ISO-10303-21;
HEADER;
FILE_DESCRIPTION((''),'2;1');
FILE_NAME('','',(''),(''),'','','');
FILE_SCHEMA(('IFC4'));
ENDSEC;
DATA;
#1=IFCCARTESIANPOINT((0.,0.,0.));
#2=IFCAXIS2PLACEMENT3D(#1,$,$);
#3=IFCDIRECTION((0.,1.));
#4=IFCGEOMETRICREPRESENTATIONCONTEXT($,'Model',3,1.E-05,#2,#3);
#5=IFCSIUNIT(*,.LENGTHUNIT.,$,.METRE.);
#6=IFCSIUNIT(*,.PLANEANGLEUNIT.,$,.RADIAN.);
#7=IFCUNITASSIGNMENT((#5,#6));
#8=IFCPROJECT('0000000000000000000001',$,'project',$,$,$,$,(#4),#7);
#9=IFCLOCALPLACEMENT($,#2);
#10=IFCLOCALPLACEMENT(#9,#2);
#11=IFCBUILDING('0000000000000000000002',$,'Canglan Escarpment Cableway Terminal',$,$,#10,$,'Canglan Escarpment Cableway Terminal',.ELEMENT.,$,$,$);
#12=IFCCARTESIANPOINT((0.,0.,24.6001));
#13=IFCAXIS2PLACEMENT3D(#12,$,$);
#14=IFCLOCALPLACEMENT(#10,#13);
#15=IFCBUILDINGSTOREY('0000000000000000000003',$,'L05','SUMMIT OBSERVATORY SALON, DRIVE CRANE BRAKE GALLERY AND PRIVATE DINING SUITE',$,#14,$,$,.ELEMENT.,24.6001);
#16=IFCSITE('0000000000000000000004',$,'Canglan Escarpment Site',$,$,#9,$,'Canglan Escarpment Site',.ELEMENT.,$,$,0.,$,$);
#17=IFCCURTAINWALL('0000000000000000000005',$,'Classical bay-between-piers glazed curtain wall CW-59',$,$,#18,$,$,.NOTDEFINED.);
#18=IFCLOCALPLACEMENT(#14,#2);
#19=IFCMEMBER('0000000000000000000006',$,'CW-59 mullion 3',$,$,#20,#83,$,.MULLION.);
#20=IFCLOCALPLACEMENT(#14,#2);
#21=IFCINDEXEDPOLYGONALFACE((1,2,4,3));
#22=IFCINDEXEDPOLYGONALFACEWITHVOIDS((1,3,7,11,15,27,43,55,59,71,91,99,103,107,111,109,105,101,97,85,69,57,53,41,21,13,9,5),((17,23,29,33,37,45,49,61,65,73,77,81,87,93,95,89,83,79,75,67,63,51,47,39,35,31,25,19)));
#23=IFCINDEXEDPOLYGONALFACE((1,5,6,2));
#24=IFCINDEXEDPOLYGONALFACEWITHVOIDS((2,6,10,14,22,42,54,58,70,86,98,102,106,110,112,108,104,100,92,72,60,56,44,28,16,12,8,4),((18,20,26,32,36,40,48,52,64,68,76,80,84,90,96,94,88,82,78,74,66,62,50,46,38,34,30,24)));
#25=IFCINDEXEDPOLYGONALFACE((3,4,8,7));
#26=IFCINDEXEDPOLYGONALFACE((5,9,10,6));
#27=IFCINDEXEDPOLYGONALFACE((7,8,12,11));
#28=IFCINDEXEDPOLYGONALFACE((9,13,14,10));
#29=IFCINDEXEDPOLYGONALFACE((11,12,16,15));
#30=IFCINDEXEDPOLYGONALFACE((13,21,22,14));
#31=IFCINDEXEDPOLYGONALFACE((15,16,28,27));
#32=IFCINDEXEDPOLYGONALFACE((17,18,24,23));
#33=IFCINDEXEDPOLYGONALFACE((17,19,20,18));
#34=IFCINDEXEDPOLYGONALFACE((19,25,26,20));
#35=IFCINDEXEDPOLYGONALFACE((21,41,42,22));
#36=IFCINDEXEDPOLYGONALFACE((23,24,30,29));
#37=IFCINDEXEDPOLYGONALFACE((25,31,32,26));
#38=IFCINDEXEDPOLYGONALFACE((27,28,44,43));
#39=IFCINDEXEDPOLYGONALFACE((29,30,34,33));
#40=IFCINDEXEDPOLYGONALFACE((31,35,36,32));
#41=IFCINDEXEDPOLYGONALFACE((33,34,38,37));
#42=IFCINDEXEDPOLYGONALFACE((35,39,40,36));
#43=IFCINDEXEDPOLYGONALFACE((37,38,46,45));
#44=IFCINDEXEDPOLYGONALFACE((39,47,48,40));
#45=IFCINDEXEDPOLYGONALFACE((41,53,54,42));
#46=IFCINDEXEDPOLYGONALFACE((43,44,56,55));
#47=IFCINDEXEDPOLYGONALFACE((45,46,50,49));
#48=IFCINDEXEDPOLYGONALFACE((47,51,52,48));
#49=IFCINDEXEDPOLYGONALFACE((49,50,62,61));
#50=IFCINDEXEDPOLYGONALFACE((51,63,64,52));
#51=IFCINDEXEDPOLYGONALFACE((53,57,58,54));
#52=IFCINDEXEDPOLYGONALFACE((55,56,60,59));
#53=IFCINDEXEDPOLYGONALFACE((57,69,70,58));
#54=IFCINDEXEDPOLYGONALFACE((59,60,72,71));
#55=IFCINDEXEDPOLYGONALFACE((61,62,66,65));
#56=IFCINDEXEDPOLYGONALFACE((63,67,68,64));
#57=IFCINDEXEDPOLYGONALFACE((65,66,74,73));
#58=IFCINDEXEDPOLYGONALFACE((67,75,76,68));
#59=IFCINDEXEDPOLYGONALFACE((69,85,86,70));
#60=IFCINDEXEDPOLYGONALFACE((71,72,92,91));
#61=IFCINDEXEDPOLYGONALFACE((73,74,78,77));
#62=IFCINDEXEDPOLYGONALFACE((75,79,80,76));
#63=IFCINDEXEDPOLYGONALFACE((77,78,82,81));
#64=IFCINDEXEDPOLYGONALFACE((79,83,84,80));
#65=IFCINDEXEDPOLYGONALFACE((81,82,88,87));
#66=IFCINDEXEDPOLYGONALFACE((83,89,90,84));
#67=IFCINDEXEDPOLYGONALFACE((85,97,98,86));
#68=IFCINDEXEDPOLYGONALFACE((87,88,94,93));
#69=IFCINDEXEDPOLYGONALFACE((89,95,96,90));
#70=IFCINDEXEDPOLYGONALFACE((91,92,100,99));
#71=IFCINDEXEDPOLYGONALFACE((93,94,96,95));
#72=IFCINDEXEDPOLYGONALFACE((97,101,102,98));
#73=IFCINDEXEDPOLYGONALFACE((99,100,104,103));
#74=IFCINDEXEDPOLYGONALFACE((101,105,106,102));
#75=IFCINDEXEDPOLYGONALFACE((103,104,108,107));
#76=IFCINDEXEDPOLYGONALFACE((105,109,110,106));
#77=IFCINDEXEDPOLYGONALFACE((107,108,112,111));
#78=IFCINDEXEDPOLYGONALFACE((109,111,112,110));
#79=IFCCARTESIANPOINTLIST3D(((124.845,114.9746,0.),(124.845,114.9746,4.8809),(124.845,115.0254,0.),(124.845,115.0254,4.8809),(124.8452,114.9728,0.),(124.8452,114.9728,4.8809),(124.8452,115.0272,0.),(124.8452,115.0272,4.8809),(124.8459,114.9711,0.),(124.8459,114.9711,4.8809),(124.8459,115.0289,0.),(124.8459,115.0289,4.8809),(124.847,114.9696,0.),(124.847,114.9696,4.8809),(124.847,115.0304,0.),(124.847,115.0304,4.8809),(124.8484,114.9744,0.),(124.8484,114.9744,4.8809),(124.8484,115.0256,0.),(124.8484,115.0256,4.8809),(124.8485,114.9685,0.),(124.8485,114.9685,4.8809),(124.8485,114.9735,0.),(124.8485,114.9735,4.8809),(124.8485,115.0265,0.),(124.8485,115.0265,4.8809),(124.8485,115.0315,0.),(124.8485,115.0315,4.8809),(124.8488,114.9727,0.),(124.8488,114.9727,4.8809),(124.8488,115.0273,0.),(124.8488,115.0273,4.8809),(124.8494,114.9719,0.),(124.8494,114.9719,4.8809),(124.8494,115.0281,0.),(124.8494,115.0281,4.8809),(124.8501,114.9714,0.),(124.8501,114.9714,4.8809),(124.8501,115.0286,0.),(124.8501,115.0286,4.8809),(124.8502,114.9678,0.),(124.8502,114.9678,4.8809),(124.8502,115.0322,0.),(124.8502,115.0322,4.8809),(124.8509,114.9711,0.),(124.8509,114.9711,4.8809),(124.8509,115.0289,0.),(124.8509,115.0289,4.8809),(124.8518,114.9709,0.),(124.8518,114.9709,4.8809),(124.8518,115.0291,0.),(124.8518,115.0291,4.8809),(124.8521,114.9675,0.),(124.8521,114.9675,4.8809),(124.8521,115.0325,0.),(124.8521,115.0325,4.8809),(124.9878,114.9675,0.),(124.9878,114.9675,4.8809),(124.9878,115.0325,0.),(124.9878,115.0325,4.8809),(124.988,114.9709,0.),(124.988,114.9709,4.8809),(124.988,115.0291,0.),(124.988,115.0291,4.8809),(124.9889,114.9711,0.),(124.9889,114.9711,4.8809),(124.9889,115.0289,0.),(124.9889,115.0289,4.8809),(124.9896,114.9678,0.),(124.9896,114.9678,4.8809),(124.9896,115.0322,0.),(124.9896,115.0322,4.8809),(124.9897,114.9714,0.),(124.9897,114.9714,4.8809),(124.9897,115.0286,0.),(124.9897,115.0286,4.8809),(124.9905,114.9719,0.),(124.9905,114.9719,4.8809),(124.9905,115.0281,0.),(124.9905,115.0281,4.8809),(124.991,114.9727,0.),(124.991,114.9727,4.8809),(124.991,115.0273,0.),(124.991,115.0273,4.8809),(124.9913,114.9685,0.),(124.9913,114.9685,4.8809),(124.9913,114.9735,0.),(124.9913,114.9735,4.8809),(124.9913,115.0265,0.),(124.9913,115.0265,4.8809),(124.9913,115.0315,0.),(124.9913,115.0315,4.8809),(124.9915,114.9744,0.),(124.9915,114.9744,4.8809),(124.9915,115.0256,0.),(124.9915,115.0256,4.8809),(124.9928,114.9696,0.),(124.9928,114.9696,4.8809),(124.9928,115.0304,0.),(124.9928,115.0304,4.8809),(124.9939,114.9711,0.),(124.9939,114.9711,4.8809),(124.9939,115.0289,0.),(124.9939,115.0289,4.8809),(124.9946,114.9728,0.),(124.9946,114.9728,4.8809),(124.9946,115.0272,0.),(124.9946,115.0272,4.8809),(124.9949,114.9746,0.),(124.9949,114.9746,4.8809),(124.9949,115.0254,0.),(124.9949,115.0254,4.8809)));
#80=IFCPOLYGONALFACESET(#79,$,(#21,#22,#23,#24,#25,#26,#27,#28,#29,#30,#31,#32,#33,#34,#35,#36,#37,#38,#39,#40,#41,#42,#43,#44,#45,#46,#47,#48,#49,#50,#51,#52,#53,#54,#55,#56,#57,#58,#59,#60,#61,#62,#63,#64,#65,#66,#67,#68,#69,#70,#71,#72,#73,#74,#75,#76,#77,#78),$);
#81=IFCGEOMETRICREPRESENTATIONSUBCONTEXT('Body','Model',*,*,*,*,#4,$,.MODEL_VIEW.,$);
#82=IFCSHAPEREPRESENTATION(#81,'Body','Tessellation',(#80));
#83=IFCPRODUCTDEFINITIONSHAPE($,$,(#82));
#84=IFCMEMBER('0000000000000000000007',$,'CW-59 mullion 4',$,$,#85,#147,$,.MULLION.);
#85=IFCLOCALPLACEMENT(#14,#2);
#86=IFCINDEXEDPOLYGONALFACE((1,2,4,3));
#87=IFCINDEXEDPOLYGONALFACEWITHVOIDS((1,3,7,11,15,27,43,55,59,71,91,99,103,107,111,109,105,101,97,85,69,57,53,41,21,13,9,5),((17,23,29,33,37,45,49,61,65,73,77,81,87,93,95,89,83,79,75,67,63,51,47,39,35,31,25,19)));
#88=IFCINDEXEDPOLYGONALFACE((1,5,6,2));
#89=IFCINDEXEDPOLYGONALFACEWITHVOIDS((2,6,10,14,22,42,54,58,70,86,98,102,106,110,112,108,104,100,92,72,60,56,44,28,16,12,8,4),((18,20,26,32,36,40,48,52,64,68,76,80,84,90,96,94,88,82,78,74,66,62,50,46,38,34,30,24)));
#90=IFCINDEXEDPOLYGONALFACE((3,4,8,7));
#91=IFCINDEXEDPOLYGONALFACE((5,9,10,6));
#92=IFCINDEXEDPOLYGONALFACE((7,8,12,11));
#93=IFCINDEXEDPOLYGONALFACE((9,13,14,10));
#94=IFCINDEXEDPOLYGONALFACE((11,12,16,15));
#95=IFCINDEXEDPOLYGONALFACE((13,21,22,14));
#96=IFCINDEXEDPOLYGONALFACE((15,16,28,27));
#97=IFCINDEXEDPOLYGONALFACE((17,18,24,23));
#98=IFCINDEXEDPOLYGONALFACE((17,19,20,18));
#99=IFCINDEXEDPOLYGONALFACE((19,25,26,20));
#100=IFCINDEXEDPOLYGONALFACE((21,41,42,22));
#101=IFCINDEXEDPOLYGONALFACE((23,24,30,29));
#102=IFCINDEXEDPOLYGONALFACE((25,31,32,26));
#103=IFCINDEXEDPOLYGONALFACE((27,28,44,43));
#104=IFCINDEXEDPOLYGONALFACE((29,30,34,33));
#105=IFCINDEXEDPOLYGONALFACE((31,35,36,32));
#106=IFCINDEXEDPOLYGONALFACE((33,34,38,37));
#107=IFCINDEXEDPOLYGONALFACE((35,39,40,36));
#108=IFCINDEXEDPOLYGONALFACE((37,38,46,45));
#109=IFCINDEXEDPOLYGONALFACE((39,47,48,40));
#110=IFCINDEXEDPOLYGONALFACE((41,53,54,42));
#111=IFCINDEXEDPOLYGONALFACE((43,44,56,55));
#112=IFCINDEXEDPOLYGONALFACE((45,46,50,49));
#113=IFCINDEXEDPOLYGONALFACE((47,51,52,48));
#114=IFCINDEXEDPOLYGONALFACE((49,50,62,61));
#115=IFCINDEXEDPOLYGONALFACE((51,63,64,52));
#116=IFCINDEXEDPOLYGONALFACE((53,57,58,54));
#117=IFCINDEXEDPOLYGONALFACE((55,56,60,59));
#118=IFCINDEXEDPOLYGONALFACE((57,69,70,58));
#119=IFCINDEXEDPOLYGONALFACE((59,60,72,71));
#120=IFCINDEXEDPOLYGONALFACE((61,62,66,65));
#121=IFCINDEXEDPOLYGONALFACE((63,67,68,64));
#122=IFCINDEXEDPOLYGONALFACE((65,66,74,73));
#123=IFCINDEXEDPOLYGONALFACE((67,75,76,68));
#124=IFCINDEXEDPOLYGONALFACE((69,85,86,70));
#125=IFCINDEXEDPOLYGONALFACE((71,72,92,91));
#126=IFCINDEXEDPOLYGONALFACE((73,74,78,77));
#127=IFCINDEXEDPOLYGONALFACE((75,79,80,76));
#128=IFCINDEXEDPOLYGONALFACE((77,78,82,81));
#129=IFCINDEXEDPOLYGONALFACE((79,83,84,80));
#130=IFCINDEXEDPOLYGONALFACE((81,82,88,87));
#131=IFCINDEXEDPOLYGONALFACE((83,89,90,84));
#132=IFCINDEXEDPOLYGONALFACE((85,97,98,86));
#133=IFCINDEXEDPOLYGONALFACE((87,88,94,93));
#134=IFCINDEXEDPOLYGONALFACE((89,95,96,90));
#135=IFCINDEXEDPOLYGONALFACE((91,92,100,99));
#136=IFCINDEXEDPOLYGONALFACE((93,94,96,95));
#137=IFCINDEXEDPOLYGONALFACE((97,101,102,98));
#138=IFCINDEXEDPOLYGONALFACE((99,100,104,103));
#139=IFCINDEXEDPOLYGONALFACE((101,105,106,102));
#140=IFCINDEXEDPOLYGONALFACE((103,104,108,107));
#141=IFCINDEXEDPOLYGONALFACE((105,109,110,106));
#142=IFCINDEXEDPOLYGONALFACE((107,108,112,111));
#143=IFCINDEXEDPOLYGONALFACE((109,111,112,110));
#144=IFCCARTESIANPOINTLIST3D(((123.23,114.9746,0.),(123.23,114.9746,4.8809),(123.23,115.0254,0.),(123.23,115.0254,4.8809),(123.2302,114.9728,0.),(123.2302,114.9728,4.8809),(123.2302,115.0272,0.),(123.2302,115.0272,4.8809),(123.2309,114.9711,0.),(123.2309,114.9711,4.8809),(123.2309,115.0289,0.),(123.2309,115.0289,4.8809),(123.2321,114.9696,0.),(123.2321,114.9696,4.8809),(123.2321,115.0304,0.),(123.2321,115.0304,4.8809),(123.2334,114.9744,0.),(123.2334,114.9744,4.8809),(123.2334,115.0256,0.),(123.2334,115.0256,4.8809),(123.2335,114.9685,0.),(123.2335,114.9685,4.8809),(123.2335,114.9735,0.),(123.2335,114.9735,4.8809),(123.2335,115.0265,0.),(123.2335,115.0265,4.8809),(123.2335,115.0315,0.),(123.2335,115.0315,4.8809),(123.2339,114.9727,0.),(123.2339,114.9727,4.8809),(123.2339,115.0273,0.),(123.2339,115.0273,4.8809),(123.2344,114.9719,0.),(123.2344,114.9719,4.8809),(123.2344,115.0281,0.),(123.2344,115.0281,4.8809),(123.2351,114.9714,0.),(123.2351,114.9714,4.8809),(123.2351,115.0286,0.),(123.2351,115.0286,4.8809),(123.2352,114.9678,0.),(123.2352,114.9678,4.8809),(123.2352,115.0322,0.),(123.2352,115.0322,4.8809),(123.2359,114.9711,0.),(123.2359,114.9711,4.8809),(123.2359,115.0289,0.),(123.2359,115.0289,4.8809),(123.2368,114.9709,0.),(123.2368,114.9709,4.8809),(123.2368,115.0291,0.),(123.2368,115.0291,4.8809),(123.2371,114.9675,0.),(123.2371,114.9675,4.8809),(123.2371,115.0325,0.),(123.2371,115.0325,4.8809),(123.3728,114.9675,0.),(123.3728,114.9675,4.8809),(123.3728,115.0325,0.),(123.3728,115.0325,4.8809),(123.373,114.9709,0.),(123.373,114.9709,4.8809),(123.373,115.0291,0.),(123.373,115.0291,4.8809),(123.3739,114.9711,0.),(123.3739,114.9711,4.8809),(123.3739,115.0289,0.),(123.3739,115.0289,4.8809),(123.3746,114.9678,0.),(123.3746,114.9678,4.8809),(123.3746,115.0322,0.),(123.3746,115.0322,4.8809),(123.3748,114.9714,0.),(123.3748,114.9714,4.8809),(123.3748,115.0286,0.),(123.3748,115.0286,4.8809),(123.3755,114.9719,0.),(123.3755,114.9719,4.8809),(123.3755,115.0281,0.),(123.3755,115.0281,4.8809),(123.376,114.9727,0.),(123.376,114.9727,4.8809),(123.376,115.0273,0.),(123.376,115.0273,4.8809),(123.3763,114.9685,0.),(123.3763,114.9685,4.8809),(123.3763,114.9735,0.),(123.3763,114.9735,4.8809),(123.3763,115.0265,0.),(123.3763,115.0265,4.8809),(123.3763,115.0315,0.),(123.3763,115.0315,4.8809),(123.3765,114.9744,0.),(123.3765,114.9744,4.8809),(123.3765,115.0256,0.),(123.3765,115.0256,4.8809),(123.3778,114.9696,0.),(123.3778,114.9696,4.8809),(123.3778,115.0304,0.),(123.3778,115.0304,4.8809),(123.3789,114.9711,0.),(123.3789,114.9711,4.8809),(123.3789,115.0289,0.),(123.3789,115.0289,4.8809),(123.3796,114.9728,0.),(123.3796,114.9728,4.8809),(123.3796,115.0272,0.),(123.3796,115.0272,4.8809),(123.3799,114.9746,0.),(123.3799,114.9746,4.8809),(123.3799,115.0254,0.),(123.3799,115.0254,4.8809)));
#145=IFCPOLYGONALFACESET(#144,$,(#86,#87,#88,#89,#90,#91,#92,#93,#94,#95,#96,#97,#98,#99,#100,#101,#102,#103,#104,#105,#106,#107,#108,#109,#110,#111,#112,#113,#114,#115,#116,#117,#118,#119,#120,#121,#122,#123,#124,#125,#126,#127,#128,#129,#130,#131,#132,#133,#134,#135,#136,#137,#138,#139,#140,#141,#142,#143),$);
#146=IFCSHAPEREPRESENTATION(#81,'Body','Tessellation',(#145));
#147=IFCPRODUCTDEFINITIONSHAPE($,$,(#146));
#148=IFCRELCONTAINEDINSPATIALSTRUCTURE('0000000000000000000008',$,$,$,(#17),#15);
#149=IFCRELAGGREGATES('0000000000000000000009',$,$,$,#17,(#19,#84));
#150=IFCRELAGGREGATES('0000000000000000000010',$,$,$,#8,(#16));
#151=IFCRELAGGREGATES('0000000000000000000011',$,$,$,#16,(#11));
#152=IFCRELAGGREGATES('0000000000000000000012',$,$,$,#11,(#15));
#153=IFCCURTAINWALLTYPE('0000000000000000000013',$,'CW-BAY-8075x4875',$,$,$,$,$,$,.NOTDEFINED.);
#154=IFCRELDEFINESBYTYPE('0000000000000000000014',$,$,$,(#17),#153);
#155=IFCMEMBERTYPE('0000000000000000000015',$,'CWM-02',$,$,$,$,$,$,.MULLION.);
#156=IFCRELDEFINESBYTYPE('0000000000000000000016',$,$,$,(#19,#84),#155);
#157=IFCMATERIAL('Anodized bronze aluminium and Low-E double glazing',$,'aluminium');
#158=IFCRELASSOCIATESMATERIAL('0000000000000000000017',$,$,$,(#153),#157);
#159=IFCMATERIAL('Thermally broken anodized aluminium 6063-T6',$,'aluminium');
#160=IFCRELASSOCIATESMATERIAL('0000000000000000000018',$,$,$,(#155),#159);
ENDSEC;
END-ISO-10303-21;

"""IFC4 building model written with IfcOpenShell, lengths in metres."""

from ifc_helpers import new_model, si_unit, direction, frame, origin, origin_2d, place, context, subcontext, project, spatial, hollow_rectangle, extrude, material, material_profile, profile_set, type_object, element, aggregate, save


model = new_model("IFC4")

# Units and contexts
model_context = context("Model", 3, precision=1e-05, world=origin(), true_north=direction((0.0, 1.0)))
body_context = subcontext(model_context, "Body", "Model", "MODEL_VIEW")
ifc_project = project(units=[si_unit("LENGTHUNIT", "METRE"), si_unit("PLANEANGLEUNIT", "RADIAN")], contexts=[model_context])

# Site, building, storey
site_placement = place(None, origin())
site = spatial("IfcSite", under=ifc_project, at=site_placement, Name="Canglan Escarpment Site", LongName="Canglan Escarpment Site", CompositionType="ELEMENT", RefElevation=0.0)
building_placement = place(site_placement, origin())
building = spatial("IfcBuilding", under=site, at=building_placement, Name="Canglan Escarpment Cableway Terminal", LongName="Canglan Escarpment Cableway Terminal", CompositionType="ELEMENT")
storey_placement = place(building_placement, frame((0.0, 0.0, 24.6001)))
storey = spatial("IfcBuildingStorey", under=building, at=storey_placement, Name="L05", Description="SUMMIT OBSERVATORY SALON, DRIVE CRANE BRAKE GALLERY AND PRIVATE DINING SUITE", CompositionType="ELEMENT", Elevation=24.6001)

# Curtain wall, members
ifc_material_1 = material(Name="Anodized bronze aluminium and Low-E double glazing", Category="aluminium")
curtain_wall_type = type_object("IfcCurtainWallType", Name="CW-BAY-8075x4875", PredefinedType="NOTDEFINED", material=ifc_material_1)
curtain_wall_1_placement = place(storey_placement, origin())
curtain_wall_1 = element("IfcCurtainWall", 1, at=curtain_wall_1_placement, inside=storey, type_object=curtain_wall_type, Name="Classical bay-between-piers glazed curtain wall CW-59", PredefinedType="NOTDEFINED")
ifc_material_2 = material(Name="Thermally broken anodized aluminium 6063-T6", Category="aluminium")
ifc_material_profile_1 = material_profile(ifc_material_2, hollow_rectangle(XDim=0.0649, YDim=0.1499, WallThickness=0.0034, InnerFilletRadius=0.0034, OuterFilletRadius=0.0071, at=origin_2d()), Name="ALU-MULL 65x150x3.5")
ifc_profile_set_1 = profile_set([ifc_material_profile_1], Name="Thermally broken anodized aluminium 6063-T6")
member_type_1 = type_object("IfcMemberType", Name="CWM-02", PredefinedType="MULLION", material=ifc_profile_set_1)
member_1_placement = place(storey_placement, frame((124.9199, 115.0, 0.0), z_axis=(0.0, 0.0, 1.0), x_axis=(0.0, -1.0, 0.0)))
member_1 = element("IfcMember", 2, at=member_1_placement, type_object=member_type_1, Name="CW-59 mullion 3", PredefinedType="MULLION", context=body_context, shape_type="SweptSolid", body=[
    extrude(hollow_rectangle(XDim=0.0649, YDim=0.1499, WallThickness=0.0034, InnerFilletRadius=0.0034, OuterFilletRadius=0.0071, at=origin_2d()), origin(), (0.0, 0.0, 1.0), 4.8809),
])
member_2_placement = place(storey_placement, frame((123.3049, 115.0, 0.0), z_axis=(0.0, 0.0, 1.0), x_axis=(0.0, -1.0, 0.0)))
member_2 = element("IfcMember", 3, at=member_2_placement, type_object=member_type_1, Name="CW-59 mullion 4", PredefinedType="MULLION", context=body_context, shape_type="SweptSolid", body=[
    extrude(hollow_rectangle(XDim=0.0649, YDim=0.1499, WallThickness=0.0034, InnerFilletRadius=0.0034, OuterFilletRadius=0.0071, at=origin_2d()), origin(), (0.0, 0.0, 1.0), 4.8809),
])

aggregate(curtain_wall_1, [member_1, member_2])

save(model, "model.ifc")
